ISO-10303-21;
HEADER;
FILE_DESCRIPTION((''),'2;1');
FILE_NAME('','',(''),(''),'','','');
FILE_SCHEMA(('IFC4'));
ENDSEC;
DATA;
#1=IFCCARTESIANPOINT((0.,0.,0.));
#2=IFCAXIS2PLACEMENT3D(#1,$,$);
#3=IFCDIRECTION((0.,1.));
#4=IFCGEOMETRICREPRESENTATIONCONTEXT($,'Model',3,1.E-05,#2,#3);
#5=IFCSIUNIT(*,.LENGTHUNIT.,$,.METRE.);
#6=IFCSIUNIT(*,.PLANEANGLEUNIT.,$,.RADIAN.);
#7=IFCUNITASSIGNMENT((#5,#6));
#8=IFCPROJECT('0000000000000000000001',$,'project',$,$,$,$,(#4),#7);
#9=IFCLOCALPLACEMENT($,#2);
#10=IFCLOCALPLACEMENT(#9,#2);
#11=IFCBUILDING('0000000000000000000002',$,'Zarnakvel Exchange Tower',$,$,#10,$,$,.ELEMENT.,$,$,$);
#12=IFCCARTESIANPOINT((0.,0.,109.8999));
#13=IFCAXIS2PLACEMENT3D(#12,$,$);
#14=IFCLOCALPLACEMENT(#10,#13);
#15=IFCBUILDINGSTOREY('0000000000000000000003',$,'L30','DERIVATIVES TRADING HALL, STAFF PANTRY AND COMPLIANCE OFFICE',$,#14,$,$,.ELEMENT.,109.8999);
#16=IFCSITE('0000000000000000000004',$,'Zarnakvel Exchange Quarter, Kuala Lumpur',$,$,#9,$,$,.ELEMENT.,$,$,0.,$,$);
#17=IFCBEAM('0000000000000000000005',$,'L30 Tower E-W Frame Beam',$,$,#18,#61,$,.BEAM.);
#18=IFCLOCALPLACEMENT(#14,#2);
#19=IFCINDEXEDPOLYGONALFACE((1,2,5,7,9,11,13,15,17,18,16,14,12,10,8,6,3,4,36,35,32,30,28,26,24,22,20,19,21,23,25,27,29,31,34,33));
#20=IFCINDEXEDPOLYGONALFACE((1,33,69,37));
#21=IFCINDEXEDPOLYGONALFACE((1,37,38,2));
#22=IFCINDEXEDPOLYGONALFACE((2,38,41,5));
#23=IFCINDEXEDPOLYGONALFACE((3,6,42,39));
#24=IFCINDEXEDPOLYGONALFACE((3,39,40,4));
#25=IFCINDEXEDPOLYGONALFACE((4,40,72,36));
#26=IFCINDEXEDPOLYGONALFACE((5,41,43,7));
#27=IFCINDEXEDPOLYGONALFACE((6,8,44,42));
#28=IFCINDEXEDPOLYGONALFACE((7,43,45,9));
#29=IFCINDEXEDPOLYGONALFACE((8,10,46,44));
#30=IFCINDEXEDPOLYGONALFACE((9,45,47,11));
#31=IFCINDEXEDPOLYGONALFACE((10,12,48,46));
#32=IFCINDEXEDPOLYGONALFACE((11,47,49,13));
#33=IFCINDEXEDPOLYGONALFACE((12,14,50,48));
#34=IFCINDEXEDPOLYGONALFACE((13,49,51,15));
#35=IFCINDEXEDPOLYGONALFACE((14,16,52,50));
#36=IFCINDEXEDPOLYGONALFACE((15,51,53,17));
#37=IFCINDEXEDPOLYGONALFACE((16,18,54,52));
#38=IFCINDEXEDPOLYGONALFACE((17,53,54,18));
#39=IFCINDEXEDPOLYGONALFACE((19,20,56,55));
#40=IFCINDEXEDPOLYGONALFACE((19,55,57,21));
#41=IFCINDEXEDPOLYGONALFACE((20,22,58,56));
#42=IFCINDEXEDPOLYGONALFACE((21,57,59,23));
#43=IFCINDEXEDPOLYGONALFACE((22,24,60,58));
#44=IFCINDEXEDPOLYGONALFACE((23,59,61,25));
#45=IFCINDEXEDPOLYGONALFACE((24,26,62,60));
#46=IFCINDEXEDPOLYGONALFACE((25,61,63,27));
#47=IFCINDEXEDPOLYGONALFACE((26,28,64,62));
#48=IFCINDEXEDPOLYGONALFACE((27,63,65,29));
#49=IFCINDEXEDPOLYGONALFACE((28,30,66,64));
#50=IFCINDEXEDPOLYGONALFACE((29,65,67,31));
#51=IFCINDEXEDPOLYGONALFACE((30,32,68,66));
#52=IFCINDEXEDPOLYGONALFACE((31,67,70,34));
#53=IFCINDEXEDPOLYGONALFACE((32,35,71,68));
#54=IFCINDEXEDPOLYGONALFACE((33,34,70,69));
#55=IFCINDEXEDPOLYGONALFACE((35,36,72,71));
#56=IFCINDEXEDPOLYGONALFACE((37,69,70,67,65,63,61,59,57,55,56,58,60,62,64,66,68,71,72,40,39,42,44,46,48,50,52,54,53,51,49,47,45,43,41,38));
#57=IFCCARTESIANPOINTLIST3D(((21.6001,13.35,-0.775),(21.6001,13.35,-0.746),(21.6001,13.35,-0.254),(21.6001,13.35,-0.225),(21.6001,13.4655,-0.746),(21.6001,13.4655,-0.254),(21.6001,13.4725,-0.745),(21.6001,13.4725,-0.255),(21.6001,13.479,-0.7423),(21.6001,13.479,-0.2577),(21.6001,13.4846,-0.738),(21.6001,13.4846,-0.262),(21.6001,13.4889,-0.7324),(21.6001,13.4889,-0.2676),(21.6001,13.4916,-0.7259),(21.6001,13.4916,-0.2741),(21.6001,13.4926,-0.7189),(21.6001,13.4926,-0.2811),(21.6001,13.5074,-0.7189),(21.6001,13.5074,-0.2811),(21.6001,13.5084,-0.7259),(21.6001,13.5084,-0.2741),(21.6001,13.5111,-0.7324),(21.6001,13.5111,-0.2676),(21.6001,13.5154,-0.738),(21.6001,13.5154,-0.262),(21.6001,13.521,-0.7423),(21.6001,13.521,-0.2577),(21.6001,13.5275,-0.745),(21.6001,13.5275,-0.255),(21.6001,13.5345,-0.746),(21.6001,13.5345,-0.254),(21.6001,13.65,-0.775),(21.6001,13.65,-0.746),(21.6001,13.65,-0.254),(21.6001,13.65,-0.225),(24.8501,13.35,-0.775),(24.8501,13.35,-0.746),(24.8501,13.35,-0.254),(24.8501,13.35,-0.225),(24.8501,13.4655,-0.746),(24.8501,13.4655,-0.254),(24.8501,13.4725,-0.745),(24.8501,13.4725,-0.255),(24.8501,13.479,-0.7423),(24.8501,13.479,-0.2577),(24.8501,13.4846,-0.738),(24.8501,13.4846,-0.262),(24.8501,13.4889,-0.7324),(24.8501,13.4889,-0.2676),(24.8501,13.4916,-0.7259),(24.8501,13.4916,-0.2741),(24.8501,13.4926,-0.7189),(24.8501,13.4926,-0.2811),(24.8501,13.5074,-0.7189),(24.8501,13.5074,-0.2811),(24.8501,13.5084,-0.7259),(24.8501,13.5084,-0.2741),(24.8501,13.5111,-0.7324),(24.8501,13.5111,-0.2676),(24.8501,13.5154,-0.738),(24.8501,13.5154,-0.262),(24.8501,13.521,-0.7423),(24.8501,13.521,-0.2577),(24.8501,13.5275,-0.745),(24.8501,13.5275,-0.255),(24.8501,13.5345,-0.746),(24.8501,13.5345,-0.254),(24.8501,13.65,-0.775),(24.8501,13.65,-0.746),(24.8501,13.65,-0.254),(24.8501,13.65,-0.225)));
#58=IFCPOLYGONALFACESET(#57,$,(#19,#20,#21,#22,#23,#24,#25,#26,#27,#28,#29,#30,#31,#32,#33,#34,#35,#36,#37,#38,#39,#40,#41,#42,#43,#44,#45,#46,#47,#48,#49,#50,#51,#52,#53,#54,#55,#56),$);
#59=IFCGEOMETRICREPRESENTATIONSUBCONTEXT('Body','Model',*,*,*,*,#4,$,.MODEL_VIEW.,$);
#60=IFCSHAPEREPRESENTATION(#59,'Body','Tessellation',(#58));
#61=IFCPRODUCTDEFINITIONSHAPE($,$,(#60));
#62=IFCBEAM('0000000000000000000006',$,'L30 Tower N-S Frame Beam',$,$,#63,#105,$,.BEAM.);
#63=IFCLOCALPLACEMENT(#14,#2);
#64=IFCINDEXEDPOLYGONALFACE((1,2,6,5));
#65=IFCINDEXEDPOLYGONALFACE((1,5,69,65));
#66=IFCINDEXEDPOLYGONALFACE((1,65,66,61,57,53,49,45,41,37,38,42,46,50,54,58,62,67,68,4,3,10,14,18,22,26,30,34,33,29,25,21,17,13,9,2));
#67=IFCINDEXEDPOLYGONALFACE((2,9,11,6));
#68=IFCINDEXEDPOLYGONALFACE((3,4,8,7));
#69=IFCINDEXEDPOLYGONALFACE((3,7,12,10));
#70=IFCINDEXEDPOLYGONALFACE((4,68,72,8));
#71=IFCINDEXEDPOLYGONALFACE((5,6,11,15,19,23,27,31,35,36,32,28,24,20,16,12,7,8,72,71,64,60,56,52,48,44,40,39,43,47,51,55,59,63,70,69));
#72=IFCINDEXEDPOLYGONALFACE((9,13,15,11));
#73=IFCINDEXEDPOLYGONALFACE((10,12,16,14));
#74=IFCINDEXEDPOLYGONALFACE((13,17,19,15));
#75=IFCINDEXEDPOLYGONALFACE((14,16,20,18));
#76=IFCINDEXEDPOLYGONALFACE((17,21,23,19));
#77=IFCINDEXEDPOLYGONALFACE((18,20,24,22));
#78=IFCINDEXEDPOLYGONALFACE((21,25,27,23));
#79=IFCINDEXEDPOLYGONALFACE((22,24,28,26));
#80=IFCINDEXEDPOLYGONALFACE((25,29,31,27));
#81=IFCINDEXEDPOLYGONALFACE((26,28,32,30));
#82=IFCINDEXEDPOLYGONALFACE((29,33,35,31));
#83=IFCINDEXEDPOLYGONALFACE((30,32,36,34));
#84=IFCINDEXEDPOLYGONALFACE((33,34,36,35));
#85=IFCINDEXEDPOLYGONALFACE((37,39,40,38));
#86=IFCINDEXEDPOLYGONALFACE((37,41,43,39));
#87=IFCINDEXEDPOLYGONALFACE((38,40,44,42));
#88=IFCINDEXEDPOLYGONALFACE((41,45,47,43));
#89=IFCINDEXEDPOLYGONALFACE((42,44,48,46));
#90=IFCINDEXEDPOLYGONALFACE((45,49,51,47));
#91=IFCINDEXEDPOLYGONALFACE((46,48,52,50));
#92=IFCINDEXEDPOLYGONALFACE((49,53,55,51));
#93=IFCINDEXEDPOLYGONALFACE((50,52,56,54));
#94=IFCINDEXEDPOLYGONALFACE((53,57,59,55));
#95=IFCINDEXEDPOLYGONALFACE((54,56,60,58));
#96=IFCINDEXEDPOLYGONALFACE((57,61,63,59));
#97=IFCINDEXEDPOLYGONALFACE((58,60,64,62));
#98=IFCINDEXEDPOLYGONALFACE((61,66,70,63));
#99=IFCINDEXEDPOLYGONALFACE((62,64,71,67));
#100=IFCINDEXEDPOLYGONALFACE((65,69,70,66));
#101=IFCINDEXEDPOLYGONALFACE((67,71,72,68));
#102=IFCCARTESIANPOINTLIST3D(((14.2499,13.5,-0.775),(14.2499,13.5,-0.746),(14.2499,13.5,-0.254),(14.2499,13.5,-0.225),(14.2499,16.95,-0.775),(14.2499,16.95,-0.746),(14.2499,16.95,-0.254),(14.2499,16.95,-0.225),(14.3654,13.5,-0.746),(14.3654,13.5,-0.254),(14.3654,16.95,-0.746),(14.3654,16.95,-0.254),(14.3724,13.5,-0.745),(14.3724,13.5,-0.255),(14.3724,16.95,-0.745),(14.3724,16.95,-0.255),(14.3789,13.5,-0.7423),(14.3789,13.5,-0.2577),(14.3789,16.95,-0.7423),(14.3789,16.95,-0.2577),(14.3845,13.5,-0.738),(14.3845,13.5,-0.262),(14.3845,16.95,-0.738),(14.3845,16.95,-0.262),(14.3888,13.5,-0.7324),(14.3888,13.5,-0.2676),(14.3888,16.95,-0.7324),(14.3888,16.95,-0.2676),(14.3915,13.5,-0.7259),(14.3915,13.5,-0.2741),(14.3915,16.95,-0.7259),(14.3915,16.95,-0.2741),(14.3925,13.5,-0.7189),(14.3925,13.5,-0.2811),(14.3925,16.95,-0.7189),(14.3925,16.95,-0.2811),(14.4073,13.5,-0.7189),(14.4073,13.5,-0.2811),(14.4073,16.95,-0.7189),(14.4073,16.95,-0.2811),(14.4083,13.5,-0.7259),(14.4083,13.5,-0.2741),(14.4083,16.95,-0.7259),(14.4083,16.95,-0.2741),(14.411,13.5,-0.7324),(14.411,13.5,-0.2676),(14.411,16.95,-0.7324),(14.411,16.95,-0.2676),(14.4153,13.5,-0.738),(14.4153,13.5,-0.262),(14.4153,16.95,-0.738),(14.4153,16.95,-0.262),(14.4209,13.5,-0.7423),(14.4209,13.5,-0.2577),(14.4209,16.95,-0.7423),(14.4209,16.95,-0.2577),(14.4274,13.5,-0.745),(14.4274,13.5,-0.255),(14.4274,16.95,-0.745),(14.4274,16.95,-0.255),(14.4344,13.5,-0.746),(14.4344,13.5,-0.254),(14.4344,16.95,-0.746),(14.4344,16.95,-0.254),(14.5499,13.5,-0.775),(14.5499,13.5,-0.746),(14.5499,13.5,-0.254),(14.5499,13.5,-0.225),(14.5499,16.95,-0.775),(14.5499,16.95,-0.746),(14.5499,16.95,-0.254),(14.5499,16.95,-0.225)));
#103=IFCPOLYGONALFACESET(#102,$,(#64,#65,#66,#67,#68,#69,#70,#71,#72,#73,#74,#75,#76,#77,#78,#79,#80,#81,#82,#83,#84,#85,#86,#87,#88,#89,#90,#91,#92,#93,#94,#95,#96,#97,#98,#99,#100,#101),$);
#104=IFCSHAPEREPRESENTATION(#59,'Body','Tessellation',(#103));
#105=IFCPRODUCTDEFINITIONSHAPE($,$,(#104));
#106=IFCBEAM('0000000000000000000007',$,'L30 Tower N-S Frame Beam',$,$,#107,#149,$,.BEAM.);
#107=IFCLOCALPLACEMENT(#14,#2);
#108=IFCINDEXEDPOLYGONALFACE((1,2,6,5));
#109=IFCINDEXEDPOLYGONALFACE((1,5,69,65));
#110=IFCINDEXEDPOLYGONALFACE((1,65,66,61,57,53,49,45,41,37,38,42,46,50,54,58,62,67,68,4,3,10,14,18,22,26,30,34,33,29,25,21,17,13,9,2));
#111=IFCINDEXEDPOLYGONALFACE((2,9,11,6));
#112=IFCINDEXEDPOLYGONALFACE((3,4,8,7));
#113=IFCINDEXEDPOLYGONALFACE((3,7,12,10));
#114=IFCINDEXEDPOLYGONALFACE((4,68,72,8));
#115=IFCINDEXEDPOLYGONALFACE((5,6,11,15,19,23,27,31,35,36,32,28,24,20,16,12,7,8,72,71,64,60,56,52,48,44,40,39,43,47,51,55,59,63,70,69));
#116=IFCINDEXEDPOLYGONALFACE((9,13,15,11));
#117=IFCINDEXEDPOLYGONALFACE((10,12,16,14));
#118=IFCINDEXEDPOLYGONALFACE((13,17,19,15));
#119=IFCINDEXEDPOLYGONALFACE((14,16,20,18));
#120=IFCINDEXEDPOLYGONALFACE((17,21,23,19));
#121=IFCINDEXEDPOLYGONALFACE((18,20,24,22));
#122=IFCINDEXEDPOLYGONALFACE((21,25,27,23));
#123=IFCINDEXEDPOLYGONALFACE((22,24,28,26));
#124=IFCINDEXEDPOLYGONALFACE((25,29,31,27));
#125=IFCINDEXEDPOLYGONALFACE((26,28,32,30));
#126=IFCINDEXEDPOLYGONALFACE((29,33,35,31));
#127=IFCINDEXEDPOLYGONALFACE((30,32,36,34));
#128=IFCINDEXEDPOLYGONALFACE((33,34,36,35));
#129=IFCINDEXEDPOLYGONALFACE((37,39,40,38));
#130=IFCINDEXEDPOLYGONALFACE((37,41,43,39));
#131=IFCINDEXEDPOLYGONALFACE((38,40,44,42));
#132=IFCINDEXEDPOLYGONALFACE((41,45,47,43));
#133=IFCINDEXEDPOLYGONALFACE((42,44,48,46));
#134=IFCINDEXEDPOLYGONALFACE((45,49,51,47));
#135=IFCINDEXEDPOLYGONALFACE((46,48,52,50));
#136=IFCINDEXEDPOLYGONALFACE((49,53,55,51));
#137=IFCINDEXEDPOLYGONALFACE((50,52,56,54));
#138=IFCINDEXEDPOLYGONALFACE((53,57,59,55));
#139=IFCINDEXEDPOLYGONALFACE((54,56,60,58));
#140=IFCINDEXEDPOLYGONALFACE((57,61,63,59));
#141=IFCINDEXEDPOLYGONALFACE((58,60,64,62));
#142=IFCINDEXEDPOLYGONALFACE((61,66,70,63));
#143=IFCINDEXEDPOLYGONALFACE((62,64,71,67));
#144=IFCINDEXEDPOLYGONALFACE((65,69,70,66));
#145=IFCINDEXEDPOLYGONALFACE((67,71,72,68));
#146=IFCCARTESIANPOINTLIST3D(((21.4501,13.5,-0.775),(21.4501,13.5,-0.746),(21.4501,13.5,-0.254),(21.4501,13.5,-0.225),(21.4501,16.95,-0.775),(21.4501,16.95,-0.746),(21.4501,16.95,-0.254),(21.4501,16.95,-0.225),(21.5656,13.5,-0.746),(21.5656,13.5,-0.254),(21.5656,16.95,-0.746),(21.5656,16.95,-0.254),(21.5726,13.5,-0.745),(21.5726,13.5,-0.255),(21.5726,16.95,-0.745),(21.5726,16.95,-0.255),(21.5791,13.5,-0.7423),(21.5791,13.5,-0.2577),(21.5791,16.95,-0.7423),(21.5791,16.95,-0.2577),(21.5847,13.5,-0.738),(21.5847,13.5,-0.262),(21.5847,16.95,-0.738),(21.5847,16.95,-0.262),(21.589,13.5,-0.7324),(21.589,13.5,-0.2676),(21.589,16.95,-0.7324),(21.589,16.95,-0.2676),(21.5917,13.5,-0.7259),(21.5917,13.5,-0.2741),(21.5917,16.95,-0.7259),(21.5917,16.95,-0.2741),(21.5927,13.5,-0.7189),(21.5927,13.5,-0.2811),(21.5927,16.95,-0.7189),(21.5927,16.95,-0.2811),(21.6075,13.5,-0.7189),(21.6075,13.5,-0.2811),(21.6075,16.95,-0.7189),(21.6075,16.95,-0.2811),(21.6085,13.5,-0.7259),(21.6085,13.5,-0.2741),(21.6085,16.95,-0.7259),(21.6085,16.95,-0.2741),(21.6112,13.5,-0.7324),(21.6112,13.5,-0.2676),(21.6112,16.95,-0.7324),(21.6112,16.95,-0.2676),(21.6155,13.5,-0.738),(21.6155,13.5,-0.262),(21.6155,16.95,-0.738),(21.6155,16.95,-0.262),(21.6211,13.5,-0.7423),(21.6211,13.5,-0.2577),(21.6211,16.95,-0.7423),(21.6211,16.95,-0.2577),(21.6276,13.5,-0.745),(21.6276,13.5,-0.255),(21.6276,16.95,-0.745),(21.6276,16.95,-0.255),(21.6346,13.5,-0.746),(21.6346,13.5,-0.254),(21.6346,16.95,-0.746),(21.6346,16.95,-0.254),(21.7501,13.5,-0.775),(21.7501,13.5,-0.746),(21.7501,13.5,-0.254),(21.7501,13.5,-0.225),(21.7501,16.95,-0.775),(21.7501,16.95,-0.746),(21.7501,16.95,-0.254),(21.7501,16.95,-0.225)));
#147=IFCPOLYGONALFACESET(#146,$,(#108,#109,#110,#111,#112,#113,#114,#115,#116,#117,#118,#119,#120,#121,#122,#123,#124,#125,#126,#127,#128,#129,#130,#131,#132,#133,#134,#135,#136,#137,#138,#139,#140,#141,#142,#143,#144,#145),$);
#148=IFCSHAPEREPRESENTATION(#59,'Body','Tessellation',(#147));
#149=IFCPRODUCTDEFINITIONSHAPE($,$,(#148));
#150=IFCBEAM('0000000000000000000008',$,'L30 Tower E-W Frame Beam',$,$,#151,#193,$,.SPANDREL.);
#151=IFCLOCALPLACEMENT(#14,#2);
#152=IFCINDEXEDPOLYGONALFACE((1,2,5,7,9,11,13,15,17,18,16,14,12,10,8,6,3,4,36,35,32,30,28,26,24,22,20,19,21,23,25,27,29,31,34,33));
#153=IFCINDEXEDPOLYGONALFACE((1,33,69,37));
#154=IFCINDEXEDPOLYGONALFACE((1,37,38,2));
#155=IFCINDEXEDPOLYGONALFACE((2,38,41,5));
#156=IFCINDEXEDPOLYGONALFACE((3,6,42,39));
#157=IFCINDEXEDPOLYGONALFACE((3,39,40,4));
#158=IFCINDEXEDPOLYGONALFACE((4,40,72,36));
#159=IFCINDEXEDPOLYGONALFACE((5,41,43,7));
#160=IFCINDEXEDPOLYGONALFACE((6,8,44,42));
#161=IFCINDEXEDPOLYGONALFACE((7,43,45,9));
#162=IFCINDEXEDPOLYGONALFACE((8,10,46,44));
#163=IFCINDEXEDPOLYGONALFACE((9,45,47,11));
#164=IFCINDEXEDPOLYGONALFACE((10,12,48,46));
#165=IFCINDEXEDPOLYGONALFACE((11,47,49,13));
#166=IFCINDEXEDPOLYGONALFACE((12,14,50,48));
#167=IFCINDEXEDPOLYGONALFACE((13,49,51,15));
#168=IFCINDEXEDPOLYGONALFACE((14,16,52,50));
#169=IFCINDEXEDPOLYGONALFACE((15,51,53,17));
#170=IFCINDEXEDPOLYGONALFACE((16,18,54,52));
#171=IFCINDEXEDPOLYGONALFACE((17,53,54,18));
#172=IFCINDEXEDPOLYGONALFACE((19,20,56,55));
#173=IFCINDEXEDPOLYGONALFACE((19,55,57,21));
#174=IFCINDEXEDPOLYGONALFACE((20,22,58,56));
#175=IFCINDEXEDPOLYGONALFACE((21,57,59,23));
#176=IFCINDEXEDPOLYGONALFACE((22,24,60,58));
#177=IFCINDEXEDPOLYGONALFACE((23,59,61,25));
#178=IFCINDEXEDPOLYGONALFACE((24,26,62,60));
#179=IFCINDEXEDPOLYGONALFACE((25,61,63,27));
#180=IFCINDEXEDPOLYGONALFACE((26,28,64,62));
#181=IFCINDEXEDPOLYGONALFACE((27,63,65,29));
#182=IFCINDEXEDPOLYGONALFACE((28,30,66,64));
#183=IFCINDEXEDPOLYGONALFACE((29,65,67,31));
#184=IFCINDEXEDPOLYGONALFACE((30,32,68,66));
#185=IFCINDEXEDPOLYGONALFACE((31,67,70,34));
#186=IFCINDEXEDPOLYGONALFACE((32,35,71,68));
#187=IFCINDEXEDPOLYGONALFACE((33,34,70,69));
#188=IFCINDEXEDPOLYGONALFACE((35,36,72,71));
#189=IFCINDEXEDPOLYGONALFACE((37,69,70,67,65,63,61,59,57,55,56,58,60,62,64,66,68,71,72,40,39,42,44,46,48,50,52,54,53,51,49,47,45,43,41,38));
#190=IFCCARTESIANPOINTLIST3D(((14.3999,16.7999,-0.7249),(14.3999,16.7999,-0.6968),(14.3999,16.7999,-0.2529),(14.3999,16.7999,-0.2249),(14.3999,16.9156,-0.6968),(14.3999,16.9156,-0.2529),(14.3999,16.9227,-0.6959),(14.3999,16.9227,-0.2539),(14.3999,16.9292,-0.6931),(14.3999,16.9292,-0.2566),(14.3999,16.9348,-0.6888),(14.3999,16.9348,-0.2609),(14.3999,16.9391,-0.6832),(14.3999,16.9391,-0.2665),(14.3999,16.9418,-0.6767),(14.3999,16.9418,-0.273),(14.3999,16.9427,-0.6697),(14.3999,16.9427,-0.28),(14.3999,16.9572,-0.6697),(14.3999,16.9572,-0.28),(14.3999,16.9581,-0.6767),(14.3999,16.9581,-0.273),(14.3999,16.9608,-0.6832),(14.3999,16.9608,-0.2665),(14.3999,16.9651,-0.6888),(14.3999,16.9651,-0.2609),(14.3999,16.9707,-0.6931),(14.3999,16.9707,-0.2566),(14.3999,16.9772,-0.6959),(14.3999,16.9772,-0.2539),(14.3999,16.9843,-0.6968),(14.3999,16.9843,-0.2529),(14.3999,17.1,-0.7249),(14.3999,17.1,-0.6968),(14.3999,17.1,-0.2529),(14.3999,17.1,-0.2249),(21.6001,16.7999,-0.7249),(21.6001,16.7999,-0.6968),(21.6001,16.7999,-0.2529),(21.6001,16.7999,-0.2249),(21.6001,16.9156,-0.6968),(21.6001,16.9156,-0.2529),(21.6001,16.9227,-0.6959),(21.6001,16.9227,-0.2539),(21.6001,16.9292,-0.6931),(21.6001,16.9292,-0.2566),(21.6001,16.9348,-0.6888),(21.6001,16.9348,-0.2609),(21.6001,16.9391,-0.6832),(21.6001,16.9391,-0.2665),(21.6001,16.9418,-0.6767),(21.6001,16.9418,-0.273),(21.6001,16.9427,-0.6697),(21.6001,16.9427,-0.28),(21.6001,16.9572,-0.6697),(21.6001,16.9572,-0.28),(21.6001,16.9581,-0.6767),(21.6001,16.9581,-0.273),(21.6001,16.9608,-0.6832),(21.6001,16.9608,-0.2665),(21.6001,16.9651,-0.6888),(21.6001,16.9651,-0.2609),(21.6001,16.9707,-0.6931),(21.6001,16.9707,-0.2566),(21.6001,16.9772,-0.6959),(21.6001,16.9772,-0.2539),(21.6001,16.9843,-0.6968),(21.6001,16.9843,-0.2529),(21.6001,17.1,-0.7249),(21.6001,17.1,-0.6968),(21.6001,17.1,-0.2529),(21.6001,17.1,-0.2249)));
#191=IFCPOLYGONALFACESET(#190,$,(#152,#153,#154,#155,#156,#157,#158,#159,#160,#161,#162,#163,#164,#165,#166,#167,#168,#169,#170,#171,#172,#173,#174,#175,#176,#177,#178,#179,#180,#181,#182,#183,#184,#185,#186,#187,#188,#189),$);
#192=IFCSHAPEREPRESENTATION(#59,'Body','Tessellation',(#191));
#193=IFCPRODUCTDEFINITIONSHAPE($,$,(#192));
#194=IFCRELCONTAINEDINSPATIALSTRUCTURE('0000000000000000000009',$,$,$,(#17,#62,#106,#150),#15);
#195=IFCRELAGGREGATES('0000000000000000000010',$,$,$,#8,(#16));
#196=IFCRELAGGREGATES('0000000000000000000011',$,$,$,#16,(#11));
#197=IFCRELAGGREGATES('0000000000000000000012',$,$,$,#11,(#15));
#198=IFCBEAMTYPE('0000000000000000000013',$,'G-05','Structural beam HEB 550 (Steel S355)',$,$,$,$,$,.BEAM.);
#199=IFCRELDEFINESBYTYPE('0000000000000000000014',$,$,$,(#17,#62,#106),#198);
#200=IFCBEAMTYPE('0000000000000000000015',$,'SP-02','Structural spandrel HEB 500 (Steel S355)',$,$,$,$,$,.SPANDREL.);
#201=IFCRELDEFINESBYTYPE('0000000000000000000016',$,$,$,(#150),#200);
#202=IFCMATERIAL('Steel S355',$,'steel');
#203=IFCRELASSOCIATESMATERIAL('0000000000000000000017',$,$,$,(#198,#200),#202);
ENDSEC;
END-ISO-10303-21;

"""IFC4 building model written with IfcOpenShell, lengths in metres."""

from ifc_helpers import new_model, si_unit, direction, frame, origin, origin_2d, place, context, subcontext, project, spatial, i_section, extrude, material, material_profile, profile_set, type_object, element, save


model = new_model("IFC4")

# Units and contexts
model_context = context("Model", 3, precision=1e-05, world=origin(), true_north=direction((0.0, 1.0)))
body_context = subcontext(model_context, "Body", "Model", "MODEL_VIEW")
ifc_project = project(units=[si_unit("LENGTHUNIT", "METRE"), si_unit("PLANEANGLEUNIT", "RADIAN")], contexts=[model_context])

# Site, building, storey
site_placement = place(None, origin())
site = spatial("IfcSite", under=ifc_project, at=site_placement, Name="Zarnakvel Exchange Quarter, Kuala Lumpur", CompositionType="ELEMENT", RefElevation=0.0)
building_placement = place(site_placement, origin())
building = spatial("IfcBuilding", under=site, at=building_placement, Name="Zarnakvel Exchange Tower", CompositionType="ELEMENT")
storey_placement = place(building_placement, frame((0.0, 0.0, 109.8999)))
storey = spatial("IfcBuildingStorey", under=building, at=storey_placement, Name="L30", Description="DERIVATIVES TRADING HALL, STAFF PANTRY AND COMPLIANCE OFFICE", CompositionType="ELEMENT", Elevation=109.8999)

# Shared definitions
ifc_material_1 = material(Name="Steel S355", Category="steel")

# Beams
ifc_material_profile_1 = material_profile(ifc_material_1, i_section(OverallWidth=0.3, OverallDepth=0.55, WebThickness=0.0149, FlangeThickness=0.0291, FilletRadius=0.0271, at=origin_2d()))
ifc_profile_set_1 = profile_set([ifc_material_profile_1], Name="Steel S355")
beam_type_1 = type_object("IfcBeamType", Name="G-05", Description="Structural beam HEB 550 (Steel S355)", PredefinedType="BEAM", material=ifc_profile_set_1)
beam_1_placement = place(storey_placement, frame((21.6001, 13.5, -0.5), z_axis=(1.0, 0.0, 0.0), x_axis=(0.0, 1.0, 0.0)))
element("IfcBeam", 1, at=beam_1_placement, inside=storey, type_object=beam_type_1, Name="L30 Tower E-W Frame Beam", PredefinedType="BEAM", context=body_context, shape_type="SweptSolid", body=[
    extrude(i_section(OverallWidth=0.3, OverallDepth=0.55, WebThickness=0.0149, FlangeThickness=0.0291, FilletRadius=0.0271, at=origin_2d()), origin(), (0.0, 0.0, 1.0), 3.25),
])
for number, where, z_axis, x_axis, name in (
    (2, (14.3999, 13.5, -0.5), (0.0, 1.0, 0.0), (-1.0, 0.0, 0.0), "L30 Tower N-S Frame Beam"),
    (3, (21.6001, 13.5, -0.5), (0.0, 1.0, 0.0), (-1.0, 0.0, 0.0), "L30 Tower N-S Frame Beam"),
):
    element("IfcBeam", number, at=place(storey_placement, frame(where, z_axis=z_axis, x_axis=x_axis)), inside=storey, type_object=beam_type_1, Name=name, PredefinedType="BEAM", context=body_context, shape_type="SweptSolid", body=[
        extrude(i_section(OverallWidth=0.3, OverallDepth=0.55, WebThickness=0.0149, FlangeThickness=0.0291, FilletRadius=0.0271, at=origin_2d()), origin(), (0.0, 0.0, 1.0), 3.45),
    ])
ifc_material_profile_2 = material_profile(ifc_material_1, i_section(OverallWidth=0.3, OverallDepth=0.5, WebThickness=0.0144, FlangeThickness=0.0281, FilletRadius=0.0271, at=origin_2d()))
ifc_profile_set_2 = profile_set([ifc_material_profile_2], Name="Steel S355")
beam_type_2 = type_object("IfcBeamType", Name="SP-02", Description="Structural spandrel HEB 500 (Steel S355)", PredefinedType="SPANDREL", material=ifc_profile_set_2)
beam_2_placement = place(storey_placement, frame((14.3999, 16.95, -0.4749), z_axis=(1.0, 0.0, 0.0), x_axis=(0.0, 1.0, 0.0)))
element("IfcBeam", 4, at=beam_2_placement, inside=storey, type_object=beam_type_2, Name="L30 Tower E-W Frame Beam", PredefinedType="SPANDREL", context=body_context, shape_type="SweptSolid", body=[
    extrude(i_section(OverallWidth=0.3, OverallDepth=0.5, WebThickness=0.0144, FlangeThickness=0.0281, FilletRadius=0.0271, at=origin_2d()), origin(), (0.0, 0.0, 1.0), 7.2002),
])

save(model, "model.ifc")
